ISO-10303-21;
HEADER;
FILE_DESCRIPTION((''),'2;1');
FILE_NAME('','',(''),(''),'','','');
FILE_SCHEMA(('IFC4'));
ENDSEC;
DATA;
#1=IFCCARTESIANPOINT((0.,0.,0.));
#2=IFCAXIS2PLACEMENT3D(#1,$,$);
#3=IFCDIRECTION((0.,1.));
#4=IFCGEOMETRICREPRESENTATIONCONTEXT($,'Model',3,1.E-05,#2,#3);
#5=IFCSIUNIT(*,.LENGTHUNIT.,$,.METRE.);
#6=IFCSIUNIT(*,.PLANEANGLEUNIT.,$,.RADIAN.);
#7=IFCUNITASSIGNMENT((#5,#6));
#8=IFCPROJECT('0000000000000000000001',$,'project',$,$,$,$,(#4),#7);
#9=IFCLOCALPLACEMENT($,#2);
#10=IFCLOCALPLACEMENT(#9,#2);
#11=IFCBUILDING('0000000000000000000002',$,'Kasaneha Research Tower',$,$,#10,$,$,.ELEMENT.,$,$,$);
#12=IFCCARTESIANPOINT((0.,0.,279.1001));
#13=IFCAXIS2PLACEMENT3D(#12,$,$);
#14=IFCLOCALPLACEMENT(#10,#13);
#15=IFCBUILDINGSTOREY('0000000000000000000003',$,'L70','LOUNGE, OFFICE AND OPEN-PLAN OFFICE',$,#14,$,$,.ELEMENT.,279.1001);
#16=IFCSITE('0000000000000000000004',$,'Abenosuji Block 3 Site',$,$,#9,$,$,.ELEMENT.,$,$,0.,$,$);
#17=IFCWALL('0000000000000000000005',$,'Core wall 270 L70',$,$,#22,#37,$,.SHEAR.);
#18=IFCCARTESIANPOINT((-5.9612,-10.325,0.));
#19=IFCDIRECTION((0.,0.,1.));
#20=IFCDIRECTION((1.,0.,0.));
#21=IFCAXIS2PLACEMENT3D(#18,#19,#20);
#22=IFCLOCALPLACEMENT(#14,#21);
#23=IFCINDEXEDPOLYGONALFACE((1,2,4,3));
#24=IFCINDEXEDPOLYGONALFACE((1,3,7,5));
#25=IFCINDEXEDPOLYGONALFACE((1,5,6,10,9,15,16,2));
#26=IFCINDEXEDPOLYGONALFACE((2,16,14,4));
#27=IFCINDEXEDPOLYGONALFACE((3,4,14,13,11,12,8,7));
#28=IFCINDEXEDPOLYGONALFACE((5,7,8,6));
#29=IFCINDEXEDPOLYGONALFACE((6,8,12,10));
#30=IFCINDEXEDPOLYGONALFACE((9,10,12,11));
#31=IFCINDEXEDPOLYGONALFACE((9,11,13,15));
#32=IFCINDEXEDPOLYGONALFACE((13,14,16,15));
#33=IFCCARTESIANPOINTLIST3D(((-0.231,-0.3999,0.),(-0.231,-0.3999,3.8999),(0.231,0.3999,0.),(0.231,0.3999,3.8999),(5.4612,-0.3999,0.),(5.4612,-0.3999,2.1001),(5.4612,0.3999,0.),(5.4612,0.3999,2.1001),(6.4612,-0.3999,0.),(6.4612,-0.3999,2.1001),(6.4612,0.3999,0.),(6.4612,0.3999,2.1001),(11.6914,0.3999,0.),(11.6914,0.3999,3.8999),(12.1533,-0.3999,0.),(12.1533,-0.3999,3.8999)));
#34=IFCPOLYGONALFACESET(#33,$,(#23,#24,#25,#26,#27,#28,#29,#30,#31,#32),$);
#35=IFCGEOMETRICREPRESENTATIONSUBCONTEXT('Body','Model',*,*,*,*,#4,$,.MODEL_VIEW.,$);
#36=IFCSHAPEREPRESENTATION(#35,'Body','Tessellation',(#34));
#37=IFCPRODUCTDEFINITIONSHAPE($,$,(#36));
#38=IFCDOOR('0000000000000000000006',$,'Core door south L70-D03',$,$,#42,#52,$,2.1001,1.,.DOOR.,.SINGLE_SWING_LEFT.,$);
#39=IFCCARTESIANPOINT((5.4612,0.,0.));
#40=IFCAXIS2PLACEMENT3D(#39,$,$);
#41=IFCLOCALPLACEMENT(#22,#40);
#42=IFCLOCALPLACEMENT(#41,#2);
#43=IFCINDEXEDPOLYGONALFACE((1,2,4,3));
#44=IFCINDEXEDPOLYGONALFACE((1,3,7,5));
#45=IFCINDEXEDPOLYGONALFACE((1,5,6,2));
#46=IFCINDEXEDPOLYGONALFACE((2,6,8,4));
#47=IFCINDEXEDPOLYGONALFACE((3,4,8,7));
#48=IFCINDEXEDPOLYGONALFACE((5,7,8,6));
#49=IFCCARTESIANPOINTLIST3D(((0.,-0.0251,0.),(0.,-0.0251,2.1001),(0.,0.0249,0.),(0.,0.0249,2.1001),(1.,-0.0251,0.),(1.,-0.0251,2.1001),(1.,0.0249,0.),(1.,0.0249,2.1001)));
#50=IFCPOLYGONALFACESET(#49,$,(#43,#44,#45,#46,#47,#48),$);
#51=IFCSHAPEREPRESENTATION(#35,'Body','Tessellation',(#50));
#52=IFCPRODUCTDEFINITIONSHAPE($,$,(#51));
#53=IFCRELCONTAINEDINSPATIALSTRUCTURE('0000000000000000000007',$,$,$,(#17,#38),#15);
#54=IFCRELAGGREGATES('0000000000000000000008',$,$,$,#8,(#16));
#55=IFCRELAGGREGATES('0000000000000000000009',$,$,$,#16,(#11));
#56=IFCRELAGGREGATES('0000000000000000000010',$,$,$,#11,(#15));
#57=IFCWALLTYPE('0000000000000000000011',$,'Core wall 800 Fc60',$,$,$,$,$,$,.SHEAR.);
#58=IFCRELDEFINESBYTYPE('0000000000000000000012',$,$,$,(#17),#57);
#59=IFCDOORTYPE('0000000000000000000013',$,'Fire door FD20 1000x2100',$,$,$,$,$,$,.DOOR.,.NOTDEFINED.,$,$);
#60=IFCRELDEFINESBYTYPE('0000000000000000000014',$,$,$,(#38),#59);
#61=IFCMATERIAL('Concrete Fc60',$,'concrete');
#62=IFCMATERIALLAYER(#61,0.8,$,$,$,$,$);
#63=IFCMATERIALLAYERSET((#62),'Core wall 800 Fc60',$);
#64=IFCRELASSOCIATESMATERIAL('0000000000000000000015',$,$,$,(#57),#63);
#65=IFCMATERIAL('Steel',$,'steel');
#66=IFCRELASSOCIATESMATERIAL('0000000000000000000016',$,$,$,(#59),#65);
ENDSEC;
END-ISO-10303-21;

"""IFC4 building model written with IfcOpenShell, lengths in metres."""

from ifc_helpers import new_model, si_unit, direction, frame, frame_2d, origin, place, context, subcontext, project, spatial, polyline, rectangle, outline, extrude, material, layer, layer_set, type_object, element, fill, save


model = new_model("IFC4")

# Units and contexts
model_context = context("Model", 3, precision=1e-05, world=origin(), true_north=direction((0.0, 1.0)))
body_context = subcontext(model_context, "Body", "Model", "MODEL_VIEW")
ifc_project = project(units=[si_unit("LENGTHUNIT", "METRE"), si_unit("PLANEANGLEUNIT", "RADIAN")], contexts=[model_context])

# Site, building, storey
site_placement = place(None, origin())
site = spatial("IfcSite", under=ifc_project, at=site_placement, Name="Abenosuji Block 3 Site", CompositionType="ELEMENT", RefElevation=0.0)
building_placement = place(site_placement, origin())
building = spatial("IfcBuilding", under=site, at=building_placement, Name="Kasaneha Research Tower", CompositionType="ELEMENT")
storey_placement = place(building_placement, frame((0.0, 0.0, 279.1001)))
storey = spatial("IfcBuildingStorey", under=building, at=storey_placement, Name="L70", Description="LOUNGE, OFFICE AND OPEN-PLAN OFFICE", CompositionType="ELEMENT", Elevation=279.1001)

# Wall, opening, door
ifc_material_1 = material(Name="Concrete Fc60", Category="concrete")
ifc_layer_1 = layer(ifc_material_1, 0.8)
ifc_layer_set_1 = layer_set([ifc_layer_1], Name="Core wall 800 Fc60")
wall_type_1 = type_object("IfcWallType", Name="Core wall 800 Fc60", PredefinedType="SHEAR", material=ifc_layer_set_1)
wall_1_placement = place(storey_placement, frame((-5.9612, -10.325, 0.0), z_axis=(0.0, 0.0, 1.0), x_axis=(1.0, 0.0, 0.0)))
wall_1 = element("IfcWall", 1, at=wall_1_placement, inside=storey, type_object=wall_type_1, Name="Core wall 270 L70", PredefinedType="SHEAR", context=body_context, shape_type="SweptSolid", body=[
    extrude(outline(polyline([(-0.231, -0.3999), (5.4612, -0.3999), (6.4612, -0.3999), (12.1533, -0.3999), (11.6914, 0.3999), (6.4612, 0.3999), (5.4612, 0.3999), (0.231, 0.3999), (-0.231, -0.3999)])), origin(), (0.0, 0.0, 1.0), 3.8999),
])
opening_1_placement = place(wall_1_placement, frame((5.4612, 0.0, 0.0)))
opening_1 = element("IfcOpeningElement", 2, at=opening_1_placement, cuts=wall_1, PredefinedType="OPENING", context=body_context, shape_type="SweptSolid", body=[
    extrude(rectangle(XDim=1.0, YDim=2.1001, at=frame_2d((0.5, 1.05))), frame((0.0, 0.4102, 0.0), z_axis=(0.0, -1.0, 0.0), x_axis=(1.0, 0.0, 0.0)), (0.0, 0.0, 1.0), 0.8201),
])
ifc_material_2 = material(Name="Steel", Category="steel")
door_type_1 = type_object("IfcDoorType", Name="Fire door FD20 1000x2100", OperationType="NOTDEFINED", PredefinedType="DOOR", material=ifc_material_2)
door_1_placement = place(opening_1_placement, origin())
door_1 = element("IfcDoor", 3, at=door_1_placement, inside=storey, type_object=door_type_1, Name="Core door south L70-D03", OperationType="SINGLE_SWING_LEFT", OverallHeight=2.1001, OverallWidth=1.0, PredefinedType="DOOR", context=body_context, shape_type="SweptSolid", body=[
    extrude(rectangle(XDim=1.0, YDim=2.1001, at=frame_2d((0.5, 1.05))), frame((0.0, 0.0249, 0.0), z_axis=(0.0, -1.0, 0.0), x_axis=(1.0, 0.0, 0.0)), (0.0, 0.0, 1.0), 0.05),
])
fill(opening_1, door_1)

save(model, "model.ifc")
